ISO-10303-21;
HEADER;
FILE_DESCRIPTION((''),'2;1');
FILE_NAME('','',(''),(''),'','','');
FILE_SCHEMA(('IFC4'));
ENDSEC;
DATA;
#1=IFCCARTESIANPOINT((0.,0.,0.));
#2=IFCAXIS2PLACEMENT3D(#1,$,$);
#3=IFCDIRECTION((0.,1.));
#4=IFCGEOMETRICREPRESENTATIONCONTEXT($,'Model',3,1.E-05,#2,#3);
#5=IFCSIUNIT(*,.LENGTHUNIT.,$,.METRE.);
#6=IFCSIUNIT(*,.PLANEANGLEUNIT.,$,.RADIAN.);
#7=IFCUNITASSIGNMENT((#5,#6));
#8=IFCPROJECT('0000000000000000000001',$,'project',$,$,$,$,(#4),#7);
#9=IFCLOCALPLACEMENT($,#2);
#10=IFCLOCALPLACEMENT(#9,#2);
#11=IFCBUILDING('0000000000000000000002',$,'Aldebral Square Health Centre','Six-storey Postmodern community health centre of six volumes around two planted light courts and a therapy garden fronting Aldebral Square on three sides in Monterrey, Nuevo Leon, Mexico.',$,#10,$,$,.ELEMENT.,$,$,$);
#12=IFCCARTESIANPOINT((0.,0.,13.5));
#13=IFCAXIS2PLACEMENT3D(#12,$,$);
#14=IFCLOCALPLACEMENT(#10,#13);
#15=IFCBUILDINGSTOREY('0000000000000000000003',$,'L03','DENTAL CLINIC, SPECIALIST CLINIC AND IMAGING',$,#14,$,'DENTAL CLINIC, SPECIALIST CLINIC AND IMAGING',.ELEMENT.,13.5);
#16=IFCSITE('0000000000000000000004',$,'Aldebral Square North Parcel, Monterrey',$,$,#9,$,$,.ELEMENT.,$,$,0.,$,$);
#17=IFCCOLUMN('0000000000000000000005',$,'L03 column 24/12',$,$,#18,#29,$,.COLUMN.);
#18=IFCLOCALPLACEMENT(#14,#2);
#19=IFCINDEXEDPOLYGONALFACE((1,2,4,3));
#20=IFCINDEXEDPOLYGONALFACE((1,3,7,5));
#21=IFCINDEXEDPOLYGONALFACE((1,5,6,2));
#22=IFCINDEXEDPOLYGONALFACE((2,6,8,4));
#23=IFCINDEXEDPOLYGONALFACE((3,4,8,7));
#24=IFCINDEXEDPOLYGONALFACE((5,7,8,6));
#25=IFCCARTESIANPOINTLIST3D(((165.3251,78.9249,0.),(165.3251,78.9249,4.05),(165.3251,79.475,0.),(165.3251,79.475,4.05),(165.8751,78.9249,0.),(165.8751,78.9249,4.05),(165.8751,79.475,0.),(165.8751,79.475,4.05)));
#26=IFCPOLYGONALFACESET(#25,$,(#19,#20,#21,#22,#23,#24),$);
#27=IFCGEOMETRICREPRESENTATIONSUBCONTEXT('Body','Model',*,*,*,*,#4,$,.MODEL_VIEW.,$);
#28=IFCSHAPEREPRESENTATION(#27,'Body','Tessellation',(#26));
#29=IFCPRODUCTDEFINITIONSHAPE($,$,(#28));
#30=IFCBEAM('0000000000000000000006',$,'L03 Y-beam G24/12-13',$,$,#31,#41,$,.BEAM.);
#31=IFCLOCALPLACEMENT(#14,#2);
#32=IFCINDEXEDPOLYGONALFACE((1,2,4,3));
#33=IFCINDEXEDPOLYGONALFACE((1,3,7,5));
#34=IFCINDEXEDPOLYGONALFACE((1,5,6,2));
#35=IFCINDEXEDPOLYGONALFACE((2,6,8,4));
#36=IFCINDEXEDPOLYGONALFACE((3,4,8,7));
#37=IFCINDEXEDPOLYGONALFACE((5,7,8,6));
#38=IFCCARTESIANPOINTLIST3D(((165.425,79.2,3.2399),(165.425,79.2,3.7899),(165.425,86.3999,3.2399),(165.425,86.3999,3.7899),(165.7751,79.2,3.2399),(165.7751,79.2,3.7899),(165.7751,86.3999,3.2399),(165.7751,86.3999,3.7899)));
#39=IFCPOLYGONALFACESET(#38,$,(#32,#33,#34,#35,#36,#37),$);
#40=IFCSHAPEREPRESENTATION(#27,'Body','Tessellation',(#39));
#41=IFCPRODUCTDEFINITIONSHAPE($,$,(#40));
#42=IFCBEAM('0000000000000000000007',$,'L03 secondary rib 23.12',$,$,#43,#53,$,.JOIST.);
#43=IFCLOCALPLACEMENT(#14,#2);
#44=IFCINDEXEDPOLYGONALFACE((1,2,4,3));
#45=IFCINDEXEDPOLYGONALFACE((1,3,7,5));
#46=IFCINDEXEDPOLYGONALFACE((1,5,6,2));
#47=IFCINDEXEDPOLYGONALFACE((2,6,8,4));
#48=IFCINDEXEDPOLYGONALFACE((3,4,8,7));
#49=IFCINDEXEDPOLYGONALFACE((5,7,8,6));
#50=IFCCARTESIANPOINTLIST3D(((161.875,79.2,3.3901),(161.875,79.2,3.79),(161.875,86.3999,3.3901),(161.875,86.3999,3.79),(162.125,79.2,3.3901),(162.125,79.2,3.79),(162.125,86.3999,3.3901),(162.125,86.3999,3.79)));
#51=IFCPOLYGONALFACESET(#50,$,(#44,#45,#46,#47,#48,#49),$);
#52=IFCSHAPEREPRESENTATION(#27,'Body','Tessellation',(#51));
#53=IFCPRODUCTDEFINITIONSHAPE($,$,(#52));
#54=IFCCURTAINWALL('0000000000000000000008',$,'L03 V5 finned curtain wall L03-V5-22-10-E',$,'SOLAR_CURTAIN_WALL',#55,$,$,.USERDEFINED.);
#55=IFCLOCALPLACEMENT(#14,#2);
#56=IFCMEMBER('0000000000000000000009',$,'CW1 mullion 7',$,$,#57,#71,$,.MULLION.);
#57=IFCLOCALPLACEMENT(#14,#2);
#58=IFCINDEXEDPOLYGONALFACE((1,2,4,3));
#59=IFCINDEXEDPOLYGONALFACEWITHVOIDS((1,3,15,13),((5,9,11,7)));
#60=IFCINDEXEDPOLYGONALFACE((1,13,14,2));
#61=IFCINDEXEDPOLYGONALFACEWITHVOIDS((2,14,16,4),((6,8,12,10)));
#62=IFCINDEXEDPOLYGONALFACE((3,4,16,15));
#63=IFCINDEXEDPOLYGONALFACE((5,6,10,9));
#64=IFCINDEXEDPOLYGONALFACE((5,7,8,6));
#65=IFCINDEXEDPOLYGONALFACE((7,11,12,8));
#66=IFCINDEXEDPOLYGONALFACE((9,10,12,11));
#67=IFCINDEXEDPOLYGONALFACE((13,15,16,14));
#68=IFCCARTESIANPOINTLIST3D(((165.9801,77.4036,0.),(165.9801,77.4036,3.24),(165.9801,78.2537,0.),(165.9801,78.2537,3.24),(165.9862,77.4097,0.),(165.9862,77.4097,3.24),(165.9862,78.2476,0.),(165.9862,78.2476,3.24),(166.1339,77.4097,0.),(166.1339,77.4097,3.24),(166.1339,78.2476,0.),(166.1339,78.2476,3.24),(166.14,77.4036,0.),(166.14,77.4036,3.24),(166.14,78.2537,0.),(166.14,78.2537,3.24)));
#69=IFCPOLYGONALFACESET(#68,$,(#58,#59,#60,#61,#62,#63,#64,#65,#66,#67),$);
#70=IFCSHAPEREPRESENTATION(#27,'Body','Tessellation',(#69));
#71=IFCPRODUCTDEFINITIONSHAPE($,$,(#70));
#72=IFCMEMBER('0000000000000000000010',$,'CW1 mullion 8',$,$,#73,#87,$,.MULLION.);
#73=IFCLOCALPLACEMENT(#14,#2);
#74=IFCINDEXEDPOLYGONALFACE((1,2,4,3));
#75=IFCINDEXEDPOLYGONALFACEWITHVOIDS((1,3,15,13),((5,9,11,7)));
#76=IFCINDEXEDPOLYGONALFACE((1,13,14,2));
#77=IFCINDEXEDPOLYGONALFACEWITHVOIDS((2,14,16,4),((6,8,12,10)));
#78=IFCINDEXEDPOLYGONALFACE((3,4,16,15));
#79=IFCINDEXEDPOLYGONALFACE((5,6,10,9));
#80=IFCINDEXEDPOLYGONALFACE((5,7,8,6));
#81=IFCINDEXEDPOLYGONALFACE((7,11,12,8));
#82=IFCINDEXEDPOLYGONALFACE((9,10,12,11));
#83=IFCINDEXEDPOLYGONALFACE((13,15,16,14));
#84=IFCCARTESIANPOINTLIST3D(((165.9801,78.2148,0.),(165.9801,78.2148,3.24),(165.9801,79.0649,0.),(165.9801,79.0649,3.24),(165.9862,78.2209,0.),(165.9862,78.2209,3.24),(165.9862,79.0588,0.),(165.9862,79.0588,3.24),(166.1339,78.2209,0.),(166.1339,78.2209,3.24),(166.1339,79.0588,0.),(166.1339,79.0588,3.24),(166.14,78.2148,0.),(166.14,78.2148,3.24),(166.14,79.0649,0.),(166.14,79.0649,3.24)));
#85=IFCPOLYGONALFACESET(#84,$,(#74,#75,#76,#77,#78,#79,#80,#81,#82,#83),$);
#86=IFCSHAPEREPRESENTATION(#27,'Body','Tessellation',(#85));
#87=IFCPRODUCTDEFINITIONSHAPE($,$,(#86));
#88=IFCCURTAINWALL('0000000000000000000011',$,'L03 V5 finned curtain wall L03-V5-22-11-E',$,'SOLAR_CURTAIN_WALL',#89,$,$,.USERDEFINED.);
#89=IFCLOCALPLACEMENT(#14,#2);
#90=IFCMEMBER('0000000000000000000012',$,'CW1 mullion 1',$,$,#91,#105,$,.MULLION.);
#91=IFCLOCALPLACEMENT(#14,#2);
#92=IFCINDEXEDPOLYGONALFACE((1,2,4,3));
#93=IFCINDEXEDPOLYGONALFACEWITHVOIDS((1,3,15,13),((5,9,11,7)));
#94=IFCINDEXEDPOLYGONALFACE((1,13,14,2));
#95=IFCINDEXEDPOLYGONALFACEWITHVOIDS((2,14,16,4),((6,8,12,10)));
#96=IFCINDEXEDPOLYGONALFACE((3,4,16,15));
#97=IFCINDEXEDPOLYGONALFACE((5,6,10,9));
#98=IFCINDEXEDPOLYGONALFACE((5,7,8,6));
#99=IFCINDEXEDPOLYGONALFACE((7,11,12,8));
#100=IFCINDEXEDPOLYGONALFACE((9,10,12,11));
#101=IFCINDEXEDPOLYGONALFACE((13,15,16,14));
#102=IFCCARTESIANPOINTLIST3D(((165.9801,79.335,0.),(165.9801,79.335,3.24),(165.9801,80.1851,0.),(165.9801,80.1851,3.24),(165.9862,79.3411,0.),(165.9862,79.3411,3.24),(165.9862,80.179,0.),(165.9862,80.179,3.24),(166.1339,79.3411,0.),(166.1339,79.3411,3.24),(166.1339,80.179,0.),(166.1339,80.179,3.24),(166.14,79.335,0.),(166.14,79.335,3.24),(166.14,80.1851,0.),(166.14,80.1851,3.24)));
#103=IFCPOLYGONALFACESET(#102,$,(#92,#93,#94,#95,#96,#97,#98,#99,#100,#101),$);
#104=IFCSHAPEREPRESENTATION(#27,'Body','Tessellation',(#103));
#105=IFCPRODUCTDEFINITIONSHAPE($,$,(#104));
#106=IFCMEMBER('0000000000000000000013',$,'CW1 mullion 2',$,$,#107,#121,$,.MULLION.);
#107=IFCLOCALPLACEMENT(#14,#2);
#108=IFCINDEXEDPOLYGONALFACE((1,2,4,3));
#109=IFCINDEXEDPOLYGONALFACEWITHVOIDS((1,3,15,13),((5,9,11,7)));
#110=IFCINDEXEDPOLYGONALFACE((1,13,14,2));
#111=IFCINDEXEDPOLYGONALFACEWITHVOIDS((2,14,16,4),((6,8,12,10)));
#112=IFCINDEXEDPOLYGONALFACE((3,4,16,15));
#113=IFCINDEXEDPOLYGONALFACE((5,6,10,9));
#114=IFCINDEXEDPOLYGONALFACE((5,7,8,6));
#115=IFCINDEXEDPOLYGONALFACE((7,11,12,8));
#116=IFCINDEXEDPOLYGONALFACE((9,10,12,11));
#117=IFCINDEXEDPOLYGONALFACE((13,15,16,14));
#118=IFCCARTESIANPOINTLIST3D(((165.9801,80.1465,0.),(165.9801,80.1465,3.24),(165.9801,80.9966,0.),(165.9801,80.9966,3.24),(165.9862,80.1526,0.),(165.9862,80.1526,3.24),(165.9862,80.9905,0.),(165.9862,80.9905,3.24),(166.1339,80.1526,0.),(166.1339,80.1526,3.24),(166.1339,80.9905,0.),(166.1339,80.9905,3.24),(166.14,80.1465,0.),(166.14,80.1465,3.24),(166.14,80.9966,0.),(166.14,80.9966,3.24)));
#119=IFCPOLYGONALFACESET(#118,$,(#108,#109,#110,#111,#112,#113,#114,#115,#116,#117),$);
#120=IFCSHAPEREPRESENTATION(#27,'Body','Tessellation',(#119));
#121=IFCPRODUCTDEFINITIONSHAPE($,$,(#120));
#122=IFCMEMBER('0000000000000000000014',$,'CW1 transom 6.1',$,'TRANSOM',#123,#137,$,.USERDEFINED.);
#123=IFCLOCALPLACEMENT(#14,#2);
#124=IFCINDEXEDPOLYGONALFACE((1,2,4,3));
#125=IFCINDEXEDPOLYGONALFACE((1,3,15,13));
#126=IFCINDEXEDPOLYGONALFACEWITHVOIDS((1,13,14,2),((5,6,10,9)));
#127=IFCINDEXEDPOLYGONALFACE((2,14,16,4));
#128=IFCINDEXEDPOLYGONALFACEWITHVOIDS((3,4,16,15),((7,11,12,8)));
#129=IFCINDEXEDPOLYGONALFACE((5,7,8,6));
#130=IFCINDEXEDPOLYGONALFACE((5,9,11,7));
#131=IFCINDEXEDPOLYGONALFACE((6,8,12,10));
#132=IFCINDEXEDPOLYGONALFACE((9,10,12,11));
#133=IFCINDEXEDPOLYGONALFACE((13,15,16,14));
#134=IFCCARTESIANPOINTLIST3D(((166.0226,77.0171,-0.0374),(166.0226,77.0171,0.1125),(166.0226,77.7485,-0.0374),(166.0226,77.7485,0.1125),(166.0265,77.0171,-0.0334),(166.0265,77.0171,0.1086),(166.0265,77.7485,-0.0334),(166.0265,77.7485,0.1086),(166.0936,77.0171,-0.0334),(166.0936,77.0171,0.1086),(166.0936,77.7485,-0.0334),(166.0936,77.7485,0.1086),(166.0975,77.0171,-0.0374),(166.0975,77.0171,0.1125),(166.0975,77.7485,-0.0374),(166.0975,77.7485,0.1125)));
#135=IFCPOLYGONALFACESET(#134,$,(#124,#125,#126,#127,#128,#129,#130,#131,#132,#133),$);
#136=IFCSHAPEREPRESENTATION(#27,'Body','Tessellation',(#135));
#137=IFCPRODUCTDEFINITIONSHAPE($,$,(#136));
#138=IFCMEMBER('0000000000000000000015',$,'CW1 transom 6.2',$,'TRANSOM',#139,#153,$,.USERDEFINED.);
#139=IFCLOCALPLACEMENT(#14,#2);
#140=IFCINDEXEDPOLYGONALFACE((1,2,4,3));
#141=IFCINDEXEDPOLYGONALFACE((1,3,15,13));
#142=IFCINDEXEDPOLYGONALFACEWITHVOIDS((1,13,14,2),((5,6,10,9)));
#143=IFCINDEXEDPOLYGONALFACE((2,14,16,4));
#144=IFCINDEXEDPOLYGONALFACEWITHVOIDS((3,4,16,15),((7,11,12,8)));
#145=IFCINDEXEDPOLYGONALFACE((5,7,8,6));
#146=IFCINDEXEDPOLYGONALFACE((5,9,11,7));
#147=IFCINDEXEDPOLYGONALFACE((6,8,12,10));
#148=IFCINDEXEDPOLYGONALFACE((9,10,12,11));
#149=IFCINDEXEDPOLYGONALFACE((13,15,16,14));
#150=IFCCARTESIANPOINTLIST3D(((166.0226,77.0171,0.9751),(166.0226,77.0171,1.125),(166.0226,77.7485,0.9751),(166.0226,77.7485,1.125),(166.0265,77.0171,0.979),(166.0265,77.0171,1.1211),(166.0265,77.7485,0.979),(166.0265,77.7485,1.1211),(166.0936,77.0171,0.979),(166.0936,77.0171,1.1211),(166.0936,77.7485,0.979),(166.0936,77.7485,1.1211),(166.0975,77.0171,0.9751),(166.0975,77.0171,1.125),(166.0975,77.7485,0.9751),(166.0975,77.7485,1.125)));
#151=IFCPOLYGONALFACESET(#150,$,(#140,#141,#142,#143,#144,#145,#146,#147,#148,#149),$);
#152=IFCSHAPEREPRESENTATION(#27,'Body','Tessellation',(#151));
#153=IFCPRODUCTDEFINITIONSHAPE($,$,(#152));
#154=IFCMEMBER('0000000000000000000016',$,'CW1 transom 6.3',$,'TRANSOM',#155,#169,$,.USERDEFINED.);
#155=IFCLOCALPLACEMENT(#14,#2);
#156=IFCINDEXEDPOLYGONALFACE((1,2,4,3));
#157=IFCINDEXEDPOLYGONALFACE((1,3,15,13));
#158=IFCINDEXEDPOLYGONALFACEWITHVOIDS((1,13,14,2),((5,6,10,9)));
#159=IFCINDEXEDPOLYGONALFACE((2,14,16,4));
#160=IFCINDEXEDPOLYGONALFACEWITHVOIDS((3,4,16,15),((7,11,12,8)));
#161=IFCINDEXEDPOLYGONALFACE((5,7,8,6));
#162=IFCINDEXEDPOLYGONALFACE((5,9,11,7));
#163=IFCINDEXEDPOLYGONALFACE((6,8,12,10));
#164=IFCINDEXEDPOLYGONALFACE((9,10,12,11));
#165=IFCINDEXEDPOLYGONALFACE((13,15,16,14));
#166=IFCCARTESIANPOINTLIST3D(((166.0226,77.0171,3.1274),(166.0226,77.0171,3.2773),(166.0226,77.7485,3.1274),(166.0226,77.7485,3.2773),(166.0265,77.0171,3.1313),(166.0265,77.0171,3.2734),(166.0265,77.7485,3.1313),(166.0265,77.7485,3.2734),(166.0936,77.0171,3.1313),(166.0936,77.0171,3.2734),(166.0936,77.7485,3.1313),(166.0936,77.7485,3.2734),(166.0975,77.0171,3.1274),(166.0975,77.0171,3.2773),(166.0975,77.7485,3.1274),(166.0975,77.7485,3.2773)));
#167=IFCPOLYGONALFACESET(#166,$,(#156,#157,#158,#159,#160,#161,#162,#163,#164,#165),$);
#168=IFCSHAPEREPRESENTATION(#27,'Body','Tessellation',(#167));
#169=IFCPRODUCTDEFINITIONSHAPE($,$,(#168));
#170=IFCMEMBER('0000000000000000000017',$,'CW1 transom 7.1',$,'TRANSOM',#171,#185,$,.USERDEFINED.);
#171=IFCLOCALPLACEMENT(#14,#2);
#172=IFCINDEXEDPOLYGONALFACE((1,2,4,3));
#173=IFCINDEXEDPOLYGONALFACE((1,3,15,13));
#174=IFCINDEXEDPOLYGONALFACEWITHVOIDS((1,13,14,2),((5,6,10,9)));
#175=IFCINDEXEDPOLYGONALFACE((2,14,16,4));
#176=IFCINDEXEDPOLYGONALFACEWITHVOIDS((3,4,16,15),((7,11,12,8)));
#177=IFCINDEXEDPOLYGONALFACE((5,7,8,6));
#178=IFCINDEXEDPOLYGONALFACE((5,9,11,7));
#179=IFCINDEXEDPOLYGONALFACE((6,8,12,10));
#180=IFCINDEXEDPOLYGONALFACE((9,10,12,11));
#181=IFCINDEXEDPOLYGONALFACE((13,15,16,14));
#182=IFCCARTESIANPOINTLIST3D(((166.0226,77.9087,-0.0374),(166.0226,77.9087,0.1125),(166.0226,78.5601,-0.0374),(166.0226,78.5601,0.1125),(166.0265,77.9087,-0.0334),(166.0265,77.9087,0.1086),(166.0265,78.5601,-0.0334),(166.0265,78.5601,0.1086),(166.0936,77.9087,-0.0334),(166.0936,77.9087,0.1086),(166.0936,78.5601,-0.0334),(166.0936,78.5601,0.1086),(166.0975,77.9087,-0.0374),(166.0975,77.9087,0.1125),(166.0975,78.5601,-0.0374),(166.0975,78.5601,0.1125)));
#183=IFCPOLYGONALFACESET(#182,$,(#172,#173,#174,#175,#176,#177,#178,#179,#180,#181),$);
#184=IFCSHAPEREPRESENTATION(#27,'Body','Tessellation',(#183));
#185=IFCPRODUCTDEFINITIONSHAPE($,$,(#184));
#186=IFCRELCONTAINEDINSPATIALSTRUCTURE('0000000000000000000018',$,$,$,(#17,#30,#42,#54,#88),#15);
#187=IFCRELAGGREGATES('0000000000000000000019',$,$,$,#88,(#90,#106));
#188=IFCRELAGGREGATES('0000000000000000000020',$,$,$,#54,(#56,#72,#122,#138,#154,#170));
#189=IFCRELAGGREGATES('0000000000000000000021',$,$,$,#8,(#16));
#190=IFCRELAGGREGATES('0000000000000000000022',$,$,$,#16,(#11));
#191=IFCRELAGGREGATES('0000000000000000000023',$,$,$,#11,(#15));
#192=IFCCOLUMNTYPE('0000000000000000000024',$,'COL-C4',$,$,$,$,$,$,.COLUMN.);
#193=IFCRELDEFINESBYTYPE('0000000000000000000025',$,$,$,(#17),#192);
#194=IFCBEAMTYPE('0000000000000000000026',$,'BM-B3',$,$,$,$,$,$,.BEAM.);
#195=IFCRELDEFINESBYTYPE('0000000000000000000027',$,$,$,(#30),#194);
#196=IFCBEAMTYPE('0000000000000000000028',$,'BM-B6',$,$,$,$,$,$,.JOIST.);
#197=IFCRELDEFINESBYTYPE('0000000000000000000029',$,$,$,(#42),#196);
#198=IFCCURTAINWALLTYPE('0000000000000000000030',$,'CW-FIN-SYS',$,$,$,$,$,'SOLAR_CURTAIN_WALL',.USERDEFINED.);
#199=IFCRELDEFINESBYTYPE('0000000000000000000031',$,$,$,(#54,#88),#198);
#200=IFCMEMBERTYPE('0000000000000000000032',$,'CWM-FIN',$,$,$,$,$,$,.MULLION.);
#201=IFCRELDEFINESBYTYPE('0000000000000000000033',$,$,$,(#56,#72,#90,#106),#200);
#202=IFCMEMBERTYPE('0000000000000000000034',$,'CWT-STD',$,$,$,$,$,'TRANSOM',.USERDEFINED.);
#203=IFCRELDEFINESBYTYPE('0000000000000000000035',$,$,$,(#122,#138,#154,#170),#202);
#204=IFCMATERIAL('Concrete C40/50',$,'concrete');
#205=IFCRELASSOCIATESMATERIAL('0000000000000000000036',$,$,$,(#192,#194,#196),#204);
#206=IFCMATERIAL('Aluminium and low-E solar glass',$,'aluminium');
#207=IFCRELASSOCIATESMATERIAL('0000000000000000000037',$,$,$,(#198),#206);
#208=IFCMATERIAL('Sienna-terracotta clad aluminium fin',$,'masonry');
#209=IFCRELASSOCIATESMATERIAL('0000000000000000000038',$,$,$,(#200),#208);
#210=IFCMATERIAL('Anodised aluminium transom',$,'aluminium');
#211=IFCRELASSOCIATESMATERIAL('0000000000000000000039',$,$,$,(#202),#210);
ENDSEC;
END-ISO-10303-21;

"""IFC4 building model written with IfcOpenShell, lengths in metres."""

from ifc_helpers import new_model, si_unit, direction, frame, origin, origin_2d, place, context, subcontext, project, spatial, rectangle, hollow_rectangle, extrude, material, material_profile, profile_set, type_object, element, aggregate, save


model = new_model("IFC4")

# Units and contexts
model_context = context("Model", 3, precision=1e-05, world=origin(), true_north=direction((0.0, 1.0)))
body_context = subcontext(model_context, "Body", "Model", "MODEL_VIEW")
ifc_project = project(units=[si_unit("LENGTHUNIT", "METRE"), si_unit("PLANEANGLEUNIT", "RADIAN")], contexts=[model_context])

# Site, building, storey
site_placement = place(None, origin())
site = spatial("IfcSite", under=ifc_project, at=site_placement, Name="Aldebral Square North Parcel, Monterrey", CompositionType="ELEMENT", RefElevation=0.0)
building_placement = place(site_placement, origin())
building = spatial("IfcBuilding", under=site, at=building_placement, Name="Aldebral Square Health Centre", Description="Six-storey Postmodern community health centre of six volumes around two planted light courts and a therapy garden fronting Aldebral Square on three sides in Monterrey, Nuevo Leon, Mexico.", CompositionType="ELEMENT")
storey_placement = place(building_placement, frame((0.0, 0.0, 13.5)))
storey = spatial("IfcBuildingStorey", under=building, at=storey_placement, Name="L03", Description="DENTAL CLINIC, SPECIALIST CLINIC AND IMAGING", LongName="DENTAL CLINIC, SPECIALIST CLINIC AND IMAGING", CompositionType="ELEMENT", Elevation=13.5)

# Column
ifc_material_1 = material(Name="Concrete C40/50", Category="concrete")
ifc_material_profile_1 = material_profile(ifc_material_1, rectangle(XDim=0.55, YDim=0.55, at=origin_2d()), Name="RC 550x550")
ifc_profile_set_1 = profile_set([ifc_material_profile_1], Name="Concrete C40/50")
column_type = type_object("IfcColumnType", Name="COL-C4", PredefinedType="COLUMN", material=ifc_profile_set_1)
column_placement = place(storey_placement, frame((165.6001, 79.2, 0.0), z_axis=(0.0, 0.0, 1.0), x_axis=(1.0, 0.0, 0.0)))
element("IfcColumn", 1, at=column_placement, inside=storey, type_object=column_type, Name="L03 column 24/12", PredefinedType="COLUMN", context=body_context, shape_type="SweptSolid", body=[
    extrude(rectangle(XDim=0.55, YDim=0.55, at=origin_2d()), origin(), (0.0, 0.0, 1.0), 4.05),
])

# Beams
ifc_material_profile_2 = material_profile(ifc_material_1, rectangle(XDim=0.3501, YDim=0.55, at=origin_2d()), Name="RC 350x550")
ifc_profile_set_2 = profile_set([ifc_material_profile_2], Name="Concrete C40/50")
beam_type_1 = type_object("IfcBeamType", Name="BM-B3", PredefinedType="BEAM", material=ifc_profile_set_2)
beam_1_placement = place(storey_placement, frame((165.6001, 79.2, 3.5149), z_axis=(0.0, 1.0, 0.0), x_axis=(-1.0, 0.0, 0.0)))
element("IfcBeam", 2, at=beam_1_placement, inside=storey, type_object=beam_type_1, Name="L03 Y-beam G24/12-13", PredefinedType="BEAM", context=body_context, shape_type="SweptSolid", body=[
    extrude(rectangle(XDim=0.3501, YDim=0.55, at=origin_2d()), origin(), (0.0, 0.0, 1.0), 7.2),
])
ifc_material_profile_3 = material_profile(ifc_material_1, rectangle(XDim=0.25, YDim=0.3999, at=origin_2d()), Name="RC 250x400")
ifc_profile_set_3 = profile_set([ifc_material_profile_3], Name="Concrete C40/50")
beam_type_2 = type_object("IfcBeamType", Name="BM-B6", PredefinedType="JOIST", material=ifc_profile_set_3)
beam_2_placement = place(storey_placement, frame((162.0, 79.2, 3.5901), z_axis=(0.0, 1.0, 0.0), x_axis=(-1.0, 0.0, 0.0)))
element("IfcBeam", 3, at=beam_2_placement, inside=storey, type_object=beam_type_2, Name="L03 secondary rib 23.12", PredefinedType="JOIST", context=body_context, shape_type="SweptSolid", body=[
    extrude(rectangle(XDim=0.25, YDim=0.3999, at=origin_2d()), origin(), (0.0, 0.0, 1.0), 7.2),
])

# Curtain walls, members
ifc_material_2 = material(Name="Aluminium and low-E solar glass", Category="aluminium")
curtain_wall_type = type_object("IfcCurtainWallType", Name="CW-FIN-SYS", ElementType="SOLAR_CURTAIN_WALL", PredefinedType="USERDEFINED", material=ifc_material_2)
curtain_wall_1_placement = place(storey_placement, origin())
curtain_wall_1 = element("IfcCurtainWall", 4, at=curtain_wall_1_placement, inside=storey, type_object=curtain_wall_type, Name="L03 V5 finned curtain wall L03-V5-22-10-E", ObjectType="SOLAR_CURTAIN_WALL", PredefinedType="USERDEFINED")
ifc_material_3 = material(Name="Sienna-terracotta clad aluminium fin", Category="masonry")
ifc_material_profile_4 = material_profile(ifc_material_3, hollow_rectangle(XDim=0.1599, YDim=0.8501, WallThickness=0.0061, at=origin_2d()), Name="FIN 160x850x6")
ifc_profile_set_4 = profile_set([ifc_material_profile_4], Name="Sienna-terracotta clad aluminium fin")
member_type_1 = type_object("IfcMemberType", Name="CWM-FIN", PredefinedType="MULLION", material=ifc_profile_set_4)
member_1_placement = place(storey_placement, frame((166.0601, 77.8286, 0.0), z_axis=(0.0, 0.0, 1.0), x_axis=(-1.0, 0.0, 0.0)))
member_1 = element("IfcMember", 5, at=member_1_placement, type_object=member_type_1, Name="CW1 mullion 7", PredefinedType="MULLION", context=body_context, shape_type="SweptSolid", body=[
    extrude(hollow_rectangle(XDim=0.1599, YDim=0.8501, WallThickness=0.0061, at=origin_2d()), origin(), (0.0, 0.0, 1.0), 3.24),
])
member_2_placement = place(storey_placement, frame((166.0601, 78.6399, 0.0), z_axis=(0.0, 0.0, 1.0), x_axis=(-1.0, 0.0, 0.0)))
member_2 = element("IfcMember", 6, at=member_2_placement, type_object=member_type_1, Name="CW1 mullion 8", PredefinedType="MULLION", context=body_context, shape_type="SweptSolid", body=[
    extrude(hollow_rectangle(XDim=0.1599, YDim=0.8501, WallThickness=0.0061, at=origin_2d()), origin(), (0.0, 0.0, 1.0), 3.24),
])
curtain_wall_2_placement = place(storey_placement, origin())
curtain_wall_2 = element("IfcCurtainWall", 7, at=curtain_wall_2_placement, inside=storey, type_object=curtain_wall_type, Name="L03 V5 finned curtain wall L03-V5-22-11-E", ObjectType="SOLAR_CURTAIN_WALL", PredefinedType="USERDEFINED")
member_3_placement = place(storey_placement, frame((166.0601, 79.76, 0.0), z_axis=(0.0, 0.0, 1.0), x_axis=(-1.0, 0.0, 0.0)))
member_3 = element("IfcMember", 8, at=member_3_placement, type_object=member_type_1, Name="CW1 mullion 1", PredefinedType="MULLION", context=body_context, shape_type="SweptSolid", body=[
    extrude(hollow_rectangle(XDim=0.1599, YDim=0.8501, WallThickness=0.0061, at=origin_2d()), origin(), (0.0, 0.0, 1.0), 3.24),
])
member_4_placement = place(storey_placement, frame((166.0601, 80.5715, 0.0), z_axis=(0.0, 0.0, 1.0), x_axis=(-1.0, 0.0, 0.0)))
member_4 = element("IfcMember", 9, at=member_4_placement, type_object=member_type_1, Name="CW1 mullion 2", PredefinedType="MULLION", context=body_context, shape_type="SweptSolid", body=[
    extrude(hollow_rectangle(XDim=0.1599, YDim=0.8501, WallThickness=0.0061, at=origin_2d()), origin(), (0.0, 0.0, 1.0), 3.24),
])

# Members
ifc_material_4 = material(Name="Anodised aluminium transom", Category="aluminium")
ifc_material_profile_5 = material_profile(ifc_material_4, hollow_rectangle(XDim=0.075, YDim=0.1499, WallThickness=0.0039, at=origin_2d()), Name="CWT 75x150x4")
ifc_profile_set_5 = profile_set([ifc_material_profile_5], Name="Anodised aluminium transom")
member_type_2 = type_object("IfcMemberType", Name="CWT-STD", ElementType="TRANSOM", PredefinedType="USERDEFINED", material=ifc_profile_set_5)
member_5_placement = place(storey_placement, frame((166.0601, 77.0171, 0.0376), z_axis=(0.0, 1.0, 0.0), x_axis=(-1.0, 0.0, 0.0)))
member_5 = element("IfcMember", 10, at=member_5_placement, type_object=member_type_2, Name="CW1 transom 6.1", ObjectType="TRANSOM", PredefinedType="USERDEFINED", context=body_context, shape_type="SweptSolid", body=[
    extrude(hollow_rectangle(XDim=0.075, YDim=0.1499, WallThickness=0.0039, at=origin_2d()), origin(), (0.0, 0.0, 1.0), 0.7314),
])
member_6_placement = place(storey_placement, frame((166.0601, 77.0171, 1.05), z_axis=(0.0, 1.0, 0.0), x_axis=(-1.0, 0.0, 0.0)))
member_6 = element("IfcMember", 11, at=member_6_placement, type_object=member_type_2, Name="CW1 transom 6.2", ObjectType="TRANSOM", PredefinedType="USERDEFINED", context=body_context, shape_type="SweptSolid", body=[
    extrude(hollow_rectangle(XDim=0.075, YDim=0.1499, WallThickness=0.0039, at=origin_2d()), origin(), (0.0, 0.0, 1.0), 0.7314),
])
member_7_placement = place(storey_placement, frame((166.0601, 77.0171, 3.2024), z_axis=(0.0, 1.0, 0.0), x_axis=(-1.0, 0.0, 0.0)))
member_7 = element("IfcMember", 12, at=member_7_placement, type_object=member_type_2, Name="CW1 transom 6.3", ObjectType="TRANSOM", PredefinedType="USERDEFINED", context=body_context, shape_type="SweptSolid", body=[
    extrude(hollow_rectangle(XDim=0.075, YDim=0.1499, WallThickness=0.0039, at=origin_2d()), origin(), (0.0, 0.0, 1.0), 0.7314),
])
member_8_placement = place(storey_placement, frame((166.0601, 77.9087, 0.0376), z_axis=(0.0, 1.0, 0.0), x_axis=(-1.0, 0.0, 0.0)))
member_8 = element("IfcMember", 13, at=member_8_placement, type_object=member_type_2, Name="CW1 transom 7.1", ObjectType="TRANSOM", PredefinedType="USERDEFINED", context=body_context, shape_type="SweptSolid", body=[
    extrude(hollow_rectangle(XDim=0.075, YDim=0.1499, WallThickness=0.0039, at=origin_2d()), origin(), (0.0, 0.0, 1.0), 0.6514),
])

aggregate(curtain_wall_2, [member_3, member_4])
aggregate(curtain_wall_1, [member_1, member_2, member_5, member_6, member_7, member_8])

save(model, "model.ifc")
